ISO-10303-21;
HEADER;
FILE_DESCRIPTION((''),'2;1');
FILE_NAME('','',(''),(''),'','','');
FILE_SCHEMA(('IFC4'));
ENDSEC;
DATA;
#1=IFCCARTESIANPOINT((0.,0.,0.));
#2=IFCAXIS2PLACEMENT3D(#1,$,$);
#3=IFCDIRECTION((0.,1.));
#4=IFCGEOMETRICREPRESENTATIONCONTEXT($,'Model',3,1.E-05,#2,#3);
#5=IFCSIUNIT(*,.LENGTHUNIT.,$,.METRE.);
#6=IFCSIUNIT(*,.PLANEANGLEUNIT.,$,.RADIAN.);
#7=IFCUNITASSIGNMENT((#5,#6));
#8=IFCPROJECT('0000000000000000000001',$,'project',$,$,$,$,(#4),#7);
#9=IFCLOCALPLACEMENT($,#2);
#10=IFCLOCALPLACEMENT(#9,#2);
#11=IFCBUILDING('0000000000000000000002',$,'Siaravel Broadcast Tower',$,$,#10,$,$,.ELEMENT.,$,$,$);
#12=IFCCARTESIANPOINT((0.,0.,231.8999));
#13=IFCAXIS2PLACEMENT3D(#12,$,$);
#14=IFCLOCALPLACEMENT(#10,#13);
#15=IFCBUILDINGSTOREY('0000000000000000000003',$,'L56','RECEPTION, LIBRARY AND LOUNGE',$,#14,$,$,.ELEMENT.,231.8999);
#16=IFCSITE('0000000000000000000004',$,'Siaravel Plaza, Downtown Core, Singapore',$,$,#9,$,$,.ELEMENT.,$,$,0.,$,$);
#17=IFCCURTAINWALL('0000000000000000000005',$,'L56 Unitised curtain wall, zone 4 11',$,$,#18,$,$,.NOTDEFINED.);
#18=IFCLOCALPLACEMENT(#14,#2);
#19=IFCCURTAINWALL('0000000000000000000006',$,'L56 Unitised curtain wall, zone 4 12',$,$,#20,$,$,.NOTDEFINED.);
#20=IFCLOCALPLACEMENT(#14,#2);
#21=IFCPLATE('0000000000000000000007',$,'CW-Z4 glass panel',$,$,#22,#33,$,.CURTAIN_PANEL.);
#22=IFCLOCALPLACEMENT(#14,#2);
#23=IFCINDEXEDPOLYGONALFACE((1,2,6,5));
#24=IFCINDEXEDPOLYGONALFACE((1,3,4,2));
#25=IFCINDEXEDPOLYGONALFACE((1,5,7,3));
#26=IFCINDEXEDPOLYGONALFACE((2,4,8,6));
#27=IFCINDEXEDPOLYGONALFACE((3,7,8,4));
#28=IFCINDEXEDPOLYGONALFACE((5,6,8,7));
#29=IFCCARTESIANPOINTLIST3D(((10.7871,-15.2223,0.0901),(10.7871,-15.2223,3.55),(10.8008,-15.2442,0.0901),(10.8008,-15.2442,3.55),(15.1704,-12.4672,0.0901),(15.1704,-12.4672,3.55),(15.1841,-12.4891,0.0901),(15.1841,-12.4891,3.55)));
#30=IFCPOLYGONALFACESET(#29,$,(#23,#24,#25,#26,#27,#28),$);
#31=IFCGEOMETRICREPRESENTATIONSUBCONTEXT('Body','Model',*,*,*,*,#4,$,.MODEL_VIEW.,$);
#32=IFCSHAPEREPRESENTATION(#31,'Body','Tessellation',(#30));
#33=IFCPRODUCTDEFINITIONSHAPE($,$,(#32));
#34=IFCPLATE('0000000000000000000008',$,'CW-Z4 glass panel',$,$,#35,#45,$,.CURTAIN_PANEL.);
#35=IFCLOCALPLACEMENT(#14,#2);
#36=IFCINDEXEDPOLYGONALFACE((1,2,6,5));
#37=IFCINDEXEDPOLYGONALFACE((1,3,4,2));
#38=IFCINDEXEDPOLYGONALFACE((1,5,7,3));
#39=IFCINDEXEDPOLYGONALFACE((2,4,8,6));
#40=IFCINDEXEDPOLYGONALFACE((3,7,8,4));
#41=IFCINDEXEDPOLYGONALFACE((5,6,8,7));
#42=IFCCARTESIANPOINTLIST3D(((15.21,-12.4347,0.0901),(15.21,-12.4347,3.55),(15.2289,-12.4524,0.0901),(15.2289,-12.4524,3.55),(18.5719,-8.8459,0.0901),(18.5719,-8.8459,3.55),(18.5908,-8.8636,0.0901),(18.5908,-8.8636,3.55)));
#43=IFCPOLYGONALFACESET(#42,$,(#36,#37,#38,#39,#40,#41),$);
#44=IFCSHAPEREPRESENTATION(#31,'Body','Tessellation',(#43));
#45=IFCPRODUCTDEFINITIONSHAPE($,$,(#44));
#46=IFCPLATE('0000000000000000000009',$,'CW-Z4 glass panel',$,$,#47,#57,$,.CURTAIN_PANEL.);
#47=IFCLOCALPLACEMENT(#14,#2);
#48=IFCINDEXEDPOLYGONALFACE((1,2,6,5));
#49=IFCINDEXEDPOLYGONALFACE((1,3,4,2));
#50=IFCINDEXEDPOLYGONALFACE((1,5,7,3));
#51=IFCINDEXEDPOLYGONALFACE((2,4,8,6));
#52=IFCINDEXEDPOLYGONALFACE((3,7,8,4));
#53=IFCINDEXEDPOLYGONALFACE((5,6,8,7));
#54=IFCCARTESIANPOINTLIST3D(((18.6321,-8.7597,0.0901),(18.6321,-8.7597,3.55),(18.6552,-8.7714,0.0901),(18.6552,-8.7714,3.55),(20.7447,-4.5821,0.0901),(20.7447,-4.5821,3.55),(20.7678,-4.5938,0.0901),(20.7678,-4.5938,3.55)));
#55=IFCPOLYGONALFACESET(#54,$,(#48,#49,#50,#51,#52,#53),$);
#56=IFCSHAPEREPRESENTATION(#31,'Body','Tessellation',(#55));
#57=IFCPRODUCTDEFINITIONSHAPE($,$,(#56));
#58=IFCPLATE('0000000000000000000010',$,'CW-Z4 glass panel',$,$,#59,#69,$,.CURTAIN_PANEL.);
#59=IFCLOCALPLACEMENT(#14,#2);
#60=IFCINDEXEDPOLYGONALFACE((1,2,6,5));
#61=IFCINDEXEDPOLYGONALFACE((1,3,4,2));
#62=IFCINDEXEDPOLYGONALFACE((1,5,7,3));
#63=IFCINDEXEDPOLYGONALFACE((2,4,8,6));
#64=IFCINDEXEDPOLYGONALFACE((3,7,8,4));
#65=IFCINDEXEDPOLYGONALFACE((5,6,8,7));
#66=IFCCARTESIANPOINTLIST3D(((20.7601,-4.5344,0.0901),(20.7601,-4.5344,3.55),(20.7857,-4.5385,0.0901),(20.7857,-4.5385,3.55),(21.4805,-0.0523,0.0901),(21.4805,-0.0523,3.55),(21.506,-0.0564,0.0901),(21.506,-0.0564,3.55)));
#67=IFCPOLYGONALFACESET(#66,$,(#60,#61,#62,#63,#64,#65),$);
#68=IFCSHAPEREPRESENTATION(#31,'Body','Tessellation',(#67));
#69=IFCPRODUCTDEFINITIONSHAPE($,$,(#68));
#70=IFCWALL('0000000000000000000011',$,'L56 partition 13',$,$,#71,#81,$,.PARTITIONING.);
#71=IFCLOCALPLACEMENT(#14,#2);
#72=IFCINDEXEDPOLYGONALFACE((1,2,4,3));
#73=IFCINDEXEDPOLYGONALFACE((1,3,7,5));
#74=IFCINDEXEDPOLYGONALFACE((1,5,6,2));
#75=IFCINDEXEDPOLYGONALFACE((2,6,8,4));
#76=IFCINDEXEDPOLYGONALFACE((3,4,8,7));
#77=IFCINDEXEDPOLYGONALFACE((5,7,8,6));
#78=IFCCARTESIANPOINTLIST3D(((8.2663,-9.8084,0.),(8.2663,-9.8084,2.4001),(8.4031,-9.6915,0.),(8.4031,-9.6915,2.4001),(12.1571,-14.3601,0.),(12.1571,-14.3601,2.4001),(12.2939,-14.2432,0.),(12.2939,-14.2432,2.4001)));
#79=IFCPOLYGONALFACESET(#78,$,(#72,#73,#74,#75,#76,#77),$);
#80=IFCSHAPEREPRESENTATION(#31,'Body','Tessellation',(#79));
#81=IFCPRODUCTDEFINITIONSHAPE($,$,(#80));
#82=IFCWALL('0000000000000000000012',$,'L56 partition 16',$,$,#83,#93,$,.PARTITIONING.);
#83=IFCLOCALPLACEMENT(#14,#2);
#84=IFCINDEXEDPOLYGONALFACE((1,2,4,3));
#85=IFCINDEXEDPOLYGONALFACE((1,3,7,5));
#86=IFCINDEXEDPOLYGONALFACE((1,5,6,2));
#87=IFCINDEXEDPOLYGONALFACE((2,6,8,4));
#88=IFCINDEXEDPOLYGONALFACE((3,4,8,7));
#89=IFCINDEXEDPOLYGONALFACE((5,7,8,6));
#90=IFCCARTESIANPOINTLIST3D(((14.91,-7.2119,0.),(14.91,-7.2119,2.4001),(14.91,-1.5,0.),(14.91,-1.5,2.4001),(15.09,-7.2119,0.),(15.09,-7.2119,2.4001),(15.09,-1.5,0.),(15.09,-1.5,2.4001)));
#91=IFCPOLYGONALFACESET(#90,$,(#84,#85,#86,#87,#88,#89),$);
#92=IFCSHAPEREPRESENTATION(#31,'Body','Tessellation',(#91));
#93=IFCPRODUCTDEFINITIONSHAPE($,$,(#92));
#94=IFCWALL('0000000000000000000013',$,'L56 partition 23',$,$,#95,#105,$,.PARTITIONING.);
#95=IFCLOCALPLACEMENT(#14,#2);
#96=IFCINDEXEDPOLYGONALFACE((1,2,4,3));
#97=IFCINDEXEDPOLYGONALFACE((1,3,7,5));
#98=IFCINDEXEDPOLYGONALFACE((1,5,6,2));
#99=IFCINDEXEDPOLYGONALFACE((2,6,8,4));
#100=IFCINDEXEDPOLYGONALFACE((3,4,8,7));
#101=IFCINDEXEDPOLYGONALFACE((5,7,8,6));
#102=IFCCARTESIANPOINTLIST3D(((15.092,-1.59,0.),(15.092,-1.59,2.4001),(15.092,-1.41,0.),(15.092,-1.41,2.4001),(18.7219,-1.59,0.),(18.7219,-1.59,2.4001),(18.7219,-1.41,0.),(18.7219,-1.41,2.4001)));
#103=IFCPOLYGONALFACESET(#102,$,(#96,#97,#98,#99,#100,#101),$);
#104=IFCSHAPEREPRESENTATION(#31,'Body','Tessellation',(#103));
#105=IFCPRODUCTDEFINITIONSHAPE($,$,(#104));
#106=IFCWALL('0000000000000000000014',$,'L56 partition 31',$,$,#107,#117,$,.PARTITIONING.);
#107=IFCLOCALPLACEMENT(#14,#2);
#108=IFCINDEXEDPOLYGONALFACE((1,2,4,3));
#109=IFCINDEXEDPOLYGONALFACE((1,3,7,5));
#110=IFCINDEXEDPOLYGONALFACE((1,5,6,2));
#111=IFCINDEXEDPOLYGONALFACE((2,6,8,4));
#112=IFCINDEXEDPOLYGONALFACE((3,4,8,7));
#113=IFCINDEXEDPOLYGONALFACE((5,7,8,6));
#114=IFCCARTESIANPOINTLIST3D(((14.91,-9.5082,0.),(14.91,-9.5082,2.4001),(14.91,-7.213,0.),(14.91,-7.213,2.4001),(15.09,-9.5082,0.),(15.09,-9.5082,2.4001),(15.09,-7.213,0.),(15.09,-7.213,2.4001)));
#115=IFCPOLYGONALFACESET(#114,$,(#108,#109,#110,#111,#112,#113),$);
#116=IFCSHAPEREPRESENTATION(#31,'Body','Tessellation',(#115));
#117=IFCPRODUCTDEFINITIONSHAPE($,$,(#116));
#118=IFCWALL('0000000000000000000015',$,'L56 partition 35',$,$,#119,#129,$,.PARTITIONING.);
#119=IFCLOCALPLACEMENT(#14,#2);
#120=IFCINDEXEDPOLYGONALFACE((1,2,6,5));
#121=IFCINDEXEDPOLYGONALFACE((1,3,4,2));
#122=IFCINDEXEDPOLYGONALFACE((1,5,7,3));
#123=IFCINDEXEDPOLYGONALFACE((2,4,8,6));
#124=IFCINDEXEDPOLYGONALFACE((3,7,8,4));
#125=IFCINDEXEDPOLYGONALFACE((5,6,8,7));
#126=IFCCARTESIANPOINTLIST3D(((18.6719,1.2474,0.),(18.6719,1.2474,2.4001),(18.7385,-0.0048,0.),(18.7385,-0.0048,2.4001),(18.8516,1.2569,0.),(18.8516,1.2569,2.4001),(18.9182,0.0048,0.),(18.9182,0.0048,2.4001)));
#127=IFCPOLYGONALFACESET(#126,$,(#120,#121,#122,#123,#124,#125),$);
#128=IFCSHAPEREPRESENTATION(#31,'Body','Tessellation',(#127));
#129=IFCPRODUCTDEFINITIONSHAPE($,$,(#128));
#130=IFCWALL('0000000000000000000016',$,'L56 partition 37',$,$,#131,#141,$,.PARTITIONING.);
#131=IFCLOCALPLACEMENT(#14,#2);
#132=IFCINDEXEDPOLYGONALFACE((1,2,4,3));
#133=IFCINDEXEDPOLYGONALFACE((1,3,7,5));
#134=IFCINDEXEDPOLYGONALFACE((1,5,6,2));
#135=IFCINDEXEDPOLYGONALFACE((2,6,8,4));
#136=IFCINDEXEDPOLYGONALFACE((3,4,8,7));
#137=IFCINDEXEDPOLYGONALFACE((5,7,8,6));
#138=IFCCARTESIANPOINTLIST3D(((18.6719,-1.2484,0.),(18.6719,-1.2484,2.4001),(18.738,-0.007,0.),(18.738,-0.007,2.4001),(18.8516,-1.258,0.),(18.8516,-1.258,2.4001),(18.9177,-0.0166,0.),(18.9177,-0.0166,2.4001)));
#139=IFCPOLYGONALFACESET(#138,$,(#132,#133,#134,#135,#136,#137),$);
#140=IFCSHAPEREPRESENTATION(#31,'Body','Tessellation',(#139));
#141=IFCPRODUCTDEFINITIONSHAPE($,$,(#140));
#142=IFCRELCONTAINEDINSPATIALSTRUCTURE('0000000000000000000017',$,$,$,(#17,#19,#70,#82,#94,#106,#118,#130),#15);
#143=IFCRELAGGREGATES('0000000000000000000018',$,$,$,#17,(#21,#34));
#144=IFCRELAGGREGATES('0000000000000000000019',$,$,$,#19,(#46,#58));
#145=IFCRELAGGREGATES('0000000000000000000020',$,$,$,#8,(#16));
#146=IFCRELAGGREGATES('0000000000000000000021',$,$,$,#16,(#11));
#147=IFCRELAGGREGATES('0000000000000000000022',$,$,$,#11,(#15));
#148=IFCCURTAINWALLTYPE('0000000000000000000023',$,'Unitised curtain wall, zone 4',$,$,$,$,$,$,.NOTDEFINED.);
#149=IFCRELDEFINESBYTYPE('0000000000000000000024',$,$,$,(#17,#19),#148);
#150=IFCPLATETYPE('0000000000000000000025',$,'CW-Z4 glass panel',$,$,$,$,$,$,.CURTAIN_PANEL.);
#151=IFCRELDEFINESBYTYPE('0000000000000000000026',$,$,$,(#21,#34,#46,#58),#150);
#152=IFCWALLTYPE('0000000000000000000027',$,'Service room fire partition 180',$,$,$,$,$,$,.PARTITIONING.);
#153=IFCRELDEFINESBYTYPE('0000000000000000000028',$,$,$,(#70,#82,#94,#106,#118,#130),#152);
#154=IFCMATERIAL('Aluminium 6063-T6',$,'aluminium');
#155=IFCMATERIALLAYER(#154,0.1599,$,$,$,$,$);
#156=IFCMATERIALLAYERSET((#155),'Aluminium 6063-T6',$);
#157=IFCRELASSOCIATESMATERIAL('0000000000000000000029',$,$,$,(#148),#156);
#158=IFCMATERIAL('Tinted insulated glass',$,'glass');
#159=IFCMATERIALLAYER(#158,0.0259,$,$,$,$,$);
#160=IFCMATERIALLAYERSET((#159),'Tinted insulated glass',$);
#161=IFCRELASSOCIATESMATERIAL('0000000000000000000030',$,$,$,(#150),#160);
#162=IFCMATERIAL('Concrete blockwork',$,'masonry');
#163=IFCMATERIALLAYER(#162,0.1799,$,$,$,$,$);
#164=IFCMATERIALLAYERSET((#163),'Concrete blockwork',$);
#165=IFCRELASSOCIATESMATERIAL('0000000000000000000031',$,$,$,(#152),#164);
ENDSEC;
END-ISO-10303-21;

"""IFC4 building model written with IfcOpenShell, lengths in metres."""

from ifc_helpers import new_model, si_unit, direction, frame, frame_2d, origin, origin_2d, place, context, subcontext, project, spatial, rectangle, extrude, material, layer, layer_set, type_object, element, aggregate, save


model = new_model("IFC4")

# Units and contexts
model_context = context("Model", 3, precision=1e-05, world=origin(), true_north=direction((0.0, 1.0)))
body_context = subcontext(model_context, "Body", "Model", "MODEL_VIEW")
ifc_project = project(units=[si_unit("LENGTHUNIT", "METRE"), si_unit("PLANEANGLEUNIT", "RADIAN")], contexts=[model_context])

# Site, building, storey
site_placement = place(None, origin())
site = spatial("IfcSite", under=ifc_project, at=site_placement, Name="Siaravel Plaza, Downtown Core, Singapore", CompositionType="ELEMENT", RefElevation=0.0)
building_placement = place(site_placement, origin())
building = spatial("IfcBuilding", under=site, at=building_placement, Name="Siaravel Broadcast Tower", CompositionType="ELEMENT")
storey_placement = place(building_placement, frame((0.0, 0.0, 231.8999)))
storey = spatial("IfcBuildingStorey", under=building, at=storey_placement, Name="L56", Description="RECEPTION, LIBRARY AND LOUNGE", CompositionType="ELEMENT", Elevation=231.8999)

# Shared definitions
ifc_material_1 = material(Name="Aluminium 6063-T6", Category="aluminium")
ifc_layer_1 = layer(ifc_material_1, 0.1599)
ifc_layer_set_1 = layer_set([ifc_layer_1], Name="Aluminium 6063-T6")
curtain_wall_type = type_object("IfcCurtainWallType", Name="Unitised curtain wall, zone 4", PredefinedType="NOTDEFINED", material=ifc_layer_set_1)

# Curtain walls
curtain_wall_1_placement = place(storey_placement, origin())
curtain_wall_1 = element("IfcCurtainWall", 1, at=curtain_wall_1_placement, inside=storey, type_object=curtain_wall_type, Name="L56 Unitised curtain wall, zone 4 11", PredefinedType="NOTDEFINED")
curtain_wall_2_placement = place(storey_placement, origin())
curtain_wall_2 = element("IfcCurtainWall", 2, at=curtain_wall_2_placement, inside=storey, type_object=curtain_wall_type, Name="L56 Unitised curtain wall, zone 4 12", PredefinedType="NOTDEFINED")

# Plates
ifc_material_2 = material(Name="Tinted insulated glass", Category="glass")
ifc_layer_2 = layer(ifc_material_2, 0.0259)
ifc_layer_set_2 = layer_set([ifc_layer_2], Name="Tinted insulated glass")
plate_type = type_object("IfcPlateType", Name="CW-Z4 glass panel", PredefinedType="CURTAIN_PANEL", material=ifc_layer_set_2)
plate_1_placement = place(storey_placement, frame((12.9856, -13.8557, 0.0901), z_axis=(0.0, 0.0, 1.0), x_axis=(0.84665, 0.53215, 0.0)))
plate_1 = element("IfcPlate", 3, at=plate_1_placement, type_object=plate_type, Name="CW-Z4 glass panel", PredefinedType="CURTAIN_PANEL", context=body_context, shape_type="SweptSolid", body=[
    extrude(rectangle(XDim=5.1772, YDim=0.0259, at=origin_2d()), origin(), (0.0, 0.0, 1.0), 3.46),
])
plate_2_placement = place(storey_placement, frame((16.9004, -10.6492, 0.0901), z_axis=(0.0, 0.0, 1.0), x_axis=(0.683654, 0.729806, 0.0)))
plate_2 = element("IfcPlate", 4, at=plate_2_placement, type_object=plate_type, Name="CW-Z4 glass panel", PredefinedType="CURTAIN_PANEL", context=body_context, shape_type="SweptSolid", body=[
    extrude(rectangle(XDim=4.9175, YDim=0.0259, at=origin_2d()), origin(), (0.0, 0.0, 1.0), 3.46),
])
aggregate(curtain_wall_1, [plate_1, plate_2])
plate_3_placement = place(storey_placement, frame((19.7, -6.6768, 0.0901), z_axis=(0.0, 0.0, 1.0), x_axis=(0.451259, 0.892393, 0.0)))
plate_3 = element("IfcPlate", 5, at=plate_3_placement, type_object=plate_type, Name="CW-Z4 glass panel", PredefinedType="CURTAIN_PANEL", context=body_context, shape_type="SweptSolid", body=[
    extrude(rectangle(XDim=4.6814, YDim=0.0259, at=origin_2d()), origin(), (0.0, 0.0, 1.0), 3.46),
])
plate_4_placement = place(storey_placement, frame((21.1331, -2.2954, 0.0901), z_axis=(0.0, 0.0, 1.0), x_axis=(0.158685, 0.987329, 0.0)))
plate_4 = element("IfcPlate", 6, at=plate_4_placement, type_object=plate_type, Name="CW-Z4 glass panel", PredefinedType="CURTAIN_PANEL", context=body_context, shape_type="SweptSolid", body=[
    extrude(rectangle(XDim=4.5396, YDim=0.0259, at=origin_2d()), origin(), (0.0, 0.0, 1.0), 3.46),
])
aggregate(curtain_wall_2, [plate_3, plate_4])

# Walls
ifc_material_3 = material(Name="Concrete blockwork", Category="masonry")
ifc_layer_3 = layer(ifc_material_3, 0.1799)
ifc_layer_set_3 = layer_set([ifc_layer_3], Name="Concrete blockwork")
wall_type = type_object("IfcWallType", Name="Service room fire partition 180", PredefinedType="PARTITIONING", material=ifc_layer_set_3)
wall_1_placement = place(storey_placement, frame((12.2256, -14.3018, 0.0), z_axis=(0.0, 0.0, 1.0), x_axis=(-0.649767, 0.760134, 0.0)))
element("IfcWall", 7, at=wall_1_placement, inside=storey, type_object=wall_type, Name="L56 partition 13", PredefinedType="PARTITIONING", context=body_context, shape_type="SweptSolid", body=[
    extrude(rectangle(XDim=5.988, YDim=0.1799, at=frame_2d((2.9941, 0.0))), origin(), (0.0, 0.0, 1.0), 2.4001),
])
wall_2_placement = place(storey_placement, frame((15.0, -7.2119, 0.0), z_axis=(0.0, 0.0, 1.0), x_axis=(0.0, 1.0, 0.0)))
element("IfcWall", 8, at=wall_2_placement, inside=storey, type_object=wall_type, Name="L56 partition 16", PredefinedType="PARTITIONING", context=body_context, shape_type="SweptSolid", body=[
    extrude(rectangle(XDim=5.7119, YDim=0.1799, at=frame_2d((2.856, 0.0))), origin(), (0.0, 0.0, 1.0), 2.4001),
])
wall_3_placement = place(storey_placement, frame((15.092, -1.5, 0.0), z_axis=(0.0, 0.0, 1.0), x_axis=(1.0, 0.0, 0.0)))
element("IfcWall", 9, at=wall_3_placement, inside=storey, type_object=wall_type, Name="L56 partition 23", PredefinedType="PARTITIONING", context=body_context, shape_type="SweptSolid", body=[
    extrude(rectangle(XDim=3.6299, YDim=0.1799, at=frame_2d((1.8149, 0.0))), origin(), (0.0, 0.0, 1.0), 2.4001),
])
wall_4_placement = place(storey_placement, frame((15.0, -9.5081, 0.0), z_axis=(0.0, 0.0, 1.0), x_axis=(0.0, 1.0, 0.0)))
element("IfcWall", 10, at=wall_4_placement, inside=storey, type_object=wall_type, Name="L56 partition 31", PredefinedType="PARTITIONING", context=body_context, shape_type="SweptSolid", body=[
    extrude(rectangle(XDim=2.2952, YDim=0.1799, at=frame_2d((1.1475, 0.0))), origin(), (0.0, 0.0, 1.0), 2.4001),
])
wall_5_placement = place(storey_placement, frame((18.8284, 0.0, 0.0), z_axis=(0.0, 0.0, 1.0), x_axis=(-0.053152, 0.998586, 0.0)))
element("IfcWall", 11, at=wall_5_placement, inside=storey, type_object=wall_type, Name="L56 partition 35", PredefinedType="PARTITIONING", context=body_context, shape_type="SweptSolid", body=[
    extrude(rectangle(XDim=1.2539, YDim=0.1799, at=frame_2d((0.627, 0.0))), origin(), (0.0, 0.0, 1.0), 2.4001),
])
wall_6_placement = place(storey_placement, frame((18.7617, -1.2532, 0.0), z_axis=(0.0, 0.0, 1.0), x_axis=(0.053218, 0.998583, 0.0)))
element("IfcWall", 12, at=wall_6_placement, inside=storey, type_object=wall_type, Name="L56 partition 37", PredefinedType="PARTITIONING", context=body_context, shape_type="SweptSolid", body=[
    extrude(rectangle(XDim=1.2432, YDim=0.1799, at=frame_2d((0.6216, 0.0))), origin(), (0.0, 0.0, 1.0), 2.4001),
])

save(model, "model.ifc")
